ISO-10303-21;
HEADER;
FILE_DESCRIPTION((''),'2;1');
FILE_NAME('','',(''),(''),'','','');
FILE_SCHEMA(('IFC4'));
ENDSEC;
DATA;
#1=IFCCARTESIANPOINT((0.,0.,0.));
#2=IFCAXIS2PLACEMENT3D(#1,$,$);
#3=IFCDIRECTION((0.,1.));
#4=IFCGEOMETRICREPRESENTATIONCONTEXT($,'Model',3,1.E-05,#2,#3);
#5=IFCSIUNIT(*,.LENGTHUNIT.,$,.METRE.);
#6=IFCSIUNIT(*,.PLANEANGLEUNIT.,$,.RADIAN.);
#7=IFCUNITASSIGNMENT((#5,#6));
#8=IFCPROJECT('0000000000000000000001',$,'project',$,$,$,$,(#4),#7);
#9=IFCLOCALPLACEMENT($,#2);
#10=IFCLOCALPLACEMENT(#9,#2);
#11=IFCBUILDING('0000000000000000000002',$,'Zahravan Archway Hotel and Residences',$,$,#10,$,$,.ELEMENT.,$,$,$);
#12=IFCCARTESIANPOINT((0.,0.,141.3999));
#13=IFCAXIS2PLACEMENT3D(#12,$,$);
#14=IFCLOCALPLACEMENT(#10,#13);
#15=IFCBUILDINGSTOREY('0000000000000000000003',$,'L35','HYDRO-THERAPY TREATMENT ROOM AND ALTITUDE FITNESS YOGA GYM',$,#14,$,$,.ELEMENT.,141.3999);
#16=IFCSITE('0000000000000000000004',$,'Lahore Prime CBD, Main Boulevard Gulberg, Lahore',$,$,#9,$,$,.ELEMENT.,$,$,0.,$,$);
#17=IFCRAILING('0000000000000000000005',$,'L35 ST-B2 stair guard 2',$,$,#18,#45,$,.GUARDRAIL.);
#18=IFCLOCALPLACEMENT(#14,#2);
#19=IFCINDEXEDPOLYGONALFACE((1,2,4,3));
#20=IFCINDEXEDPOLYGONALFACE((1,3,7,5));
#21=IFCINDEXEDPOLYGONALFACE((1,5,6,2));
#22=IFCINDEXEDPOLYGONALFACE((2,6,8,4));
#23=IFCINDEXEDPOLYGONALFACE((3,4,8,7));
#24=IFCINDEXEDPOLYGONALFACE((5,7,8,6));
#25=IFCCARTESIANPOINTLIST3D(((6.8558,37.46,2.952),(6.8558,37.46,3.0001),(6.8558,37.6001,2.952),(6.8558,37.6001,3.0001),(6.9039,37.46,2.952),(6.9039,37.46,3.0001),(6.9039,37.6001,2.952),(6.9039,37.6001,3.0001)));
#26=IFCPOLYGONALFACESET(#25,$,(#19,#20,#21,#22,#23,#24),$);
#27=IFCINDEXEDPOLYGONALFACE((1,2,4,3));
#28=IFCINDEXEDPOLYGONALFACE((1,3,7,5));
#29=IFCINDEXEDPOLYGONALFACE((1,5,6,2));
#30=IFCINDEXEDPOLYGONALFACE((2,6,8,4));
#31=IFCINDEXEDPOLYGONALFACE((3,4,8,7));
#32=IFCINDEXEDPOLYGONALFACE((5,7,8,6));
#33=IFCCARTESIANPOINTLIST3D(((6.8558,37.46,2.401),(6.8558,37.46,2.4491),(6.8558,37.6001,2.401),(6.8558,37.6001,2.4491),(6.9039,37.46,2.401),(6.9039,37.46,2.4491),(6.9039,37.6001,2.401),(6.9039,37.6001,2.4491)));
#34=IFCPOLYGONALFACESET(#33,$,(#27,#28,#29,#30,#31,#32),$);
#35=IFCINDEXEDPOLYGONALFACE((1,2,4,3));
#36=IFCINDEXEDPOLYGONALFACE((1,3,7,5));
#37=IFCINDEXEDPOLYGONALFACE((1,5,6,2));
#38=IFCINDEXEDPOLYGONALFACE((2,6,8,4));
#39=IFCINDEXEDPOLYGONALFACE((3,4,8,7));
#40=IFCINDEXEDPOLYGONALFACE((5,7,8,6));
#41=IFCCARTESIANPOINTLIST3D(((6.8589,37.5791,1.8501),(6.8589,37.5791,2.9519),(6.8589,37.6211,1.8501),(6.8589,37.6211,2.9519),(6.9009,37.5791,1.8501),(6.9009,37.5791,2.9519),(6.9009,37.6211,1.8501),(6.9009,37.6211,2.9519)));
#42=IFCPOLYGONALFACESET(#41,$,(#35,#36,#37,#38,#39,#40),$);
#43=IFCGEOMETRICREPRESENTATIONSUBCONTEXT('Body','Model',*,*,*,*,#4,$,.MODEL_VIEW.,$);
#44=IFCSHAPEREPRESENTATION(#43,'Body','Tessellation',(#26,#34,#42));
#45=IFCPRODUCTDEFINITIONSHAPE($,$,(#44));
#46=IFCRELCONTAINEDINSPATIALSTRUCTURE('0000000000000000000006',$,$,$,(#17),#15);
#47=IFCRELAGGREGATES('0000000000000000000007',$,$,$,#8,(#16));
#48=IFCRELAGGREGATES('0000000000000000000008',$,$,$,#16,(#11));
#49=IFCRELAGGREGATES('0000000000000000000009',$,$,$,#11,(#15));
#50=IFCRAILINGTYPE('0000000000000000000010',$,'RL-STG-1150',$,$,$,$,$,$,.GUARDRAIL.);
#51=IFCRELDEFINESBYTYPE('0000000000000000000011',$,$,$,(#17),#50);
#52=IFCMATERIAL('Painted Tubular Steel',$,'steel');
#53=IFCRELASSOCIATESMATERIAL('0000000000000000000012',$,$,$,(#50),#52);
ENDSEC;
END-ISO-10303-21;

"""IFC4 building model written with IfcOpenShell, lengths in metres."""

from ifc_helpers import new_model, si_unit, direction, frame, origin, origin_2d, place, context, subcontext, project, spatial, rectangle, extrude, material, type_object, element, save


model = new_model("IFC4")

# Units and contexts
model_context = context("Model", 3, precision=1e-05, world=origin(), true_north=direction((0.0, 1.0)))
body_context = subcontext(model_context, "Body", "Model", "MODEL_VIEW")
ifc_project = project(units=[si_unit("LENGTHUNIT", "METRE"), si_unit("PLANEANGLEUNIT", "RADIAN")], contexts=[model_context])

# Site, building, storey
site_placement = place(None, origin())
site = spatial("IfcSite", under=ifc_project, at=site_placement, Name="Lahore Prime CBD, Main Boulevard Gulberg, Lahore", CompositionType="ELEMENT", RefElevation=0.0)
building_placement = place(site_placement, origin())
building = spatial("IfcBuilding", under=site, at=building_placement, Name="Zahravan Archway Hotel and Residences", CompositionType="ELEMENT")
storey_placement = place(building_placement, frame((0.0, 0.0, 141.3999)))
storey = spatial("IfcBuildingStorey", under=building, at=storey_placement, Name="L35", Description="HYDRO-THERAPY TREATMENT ROOM AND ALTITUDE FITNESS YOGA GYM", CompositionType="ELEMENT", Elevation=141.3999)

# Railing
ifc_material_1 = material(Name="Painted Tubular Steel", Category="steel")
railing_type_1 = type_object("IfcRailingType", Name="RL-STG-1150", PredefinedType="GUARDRAIL", material=ifc_material_1)
railing_1_placement = place(storey_placement, frame((6.8799, 37.6001, 1.8501)))
element("IfcRailing", 1, at=railing_1_placement, inside=storey, type_object=railing_type_1, Name="L35 ST-B2 stair guard 2", PredefinedType="GUARDRAIL", context=body_context, shape_type="SweptSolid", body=[
    extrude(rectangle(XDim=0.0481, YDim=0.0481, at=origin_2d()), frame((0.0, 0.0, 1.126), z_axis=(0.0, -1.0, 0.0), x_axis=(1.0, 0.0, 0.0)), (0.0, 0.0, 1.0), 0.1401),
    extrude(rectangle(XDim=0.0481, YDim=0.0481, at=origin_2d()), frame((0.0, 0.0, 0.575), z_axis=(0.0, -1.0, 0.0), x_axis=(1.0, 0.0, 0.0)), (0.0, 0.0, 1.0), 0.1401),
    extrude(rectangle(XDim=0.042, YDim=0.042, at=origin_2d()), origin(), (0.0, 0.0, 1.0), 1.1018),
])

save(model, "model.ifc")
